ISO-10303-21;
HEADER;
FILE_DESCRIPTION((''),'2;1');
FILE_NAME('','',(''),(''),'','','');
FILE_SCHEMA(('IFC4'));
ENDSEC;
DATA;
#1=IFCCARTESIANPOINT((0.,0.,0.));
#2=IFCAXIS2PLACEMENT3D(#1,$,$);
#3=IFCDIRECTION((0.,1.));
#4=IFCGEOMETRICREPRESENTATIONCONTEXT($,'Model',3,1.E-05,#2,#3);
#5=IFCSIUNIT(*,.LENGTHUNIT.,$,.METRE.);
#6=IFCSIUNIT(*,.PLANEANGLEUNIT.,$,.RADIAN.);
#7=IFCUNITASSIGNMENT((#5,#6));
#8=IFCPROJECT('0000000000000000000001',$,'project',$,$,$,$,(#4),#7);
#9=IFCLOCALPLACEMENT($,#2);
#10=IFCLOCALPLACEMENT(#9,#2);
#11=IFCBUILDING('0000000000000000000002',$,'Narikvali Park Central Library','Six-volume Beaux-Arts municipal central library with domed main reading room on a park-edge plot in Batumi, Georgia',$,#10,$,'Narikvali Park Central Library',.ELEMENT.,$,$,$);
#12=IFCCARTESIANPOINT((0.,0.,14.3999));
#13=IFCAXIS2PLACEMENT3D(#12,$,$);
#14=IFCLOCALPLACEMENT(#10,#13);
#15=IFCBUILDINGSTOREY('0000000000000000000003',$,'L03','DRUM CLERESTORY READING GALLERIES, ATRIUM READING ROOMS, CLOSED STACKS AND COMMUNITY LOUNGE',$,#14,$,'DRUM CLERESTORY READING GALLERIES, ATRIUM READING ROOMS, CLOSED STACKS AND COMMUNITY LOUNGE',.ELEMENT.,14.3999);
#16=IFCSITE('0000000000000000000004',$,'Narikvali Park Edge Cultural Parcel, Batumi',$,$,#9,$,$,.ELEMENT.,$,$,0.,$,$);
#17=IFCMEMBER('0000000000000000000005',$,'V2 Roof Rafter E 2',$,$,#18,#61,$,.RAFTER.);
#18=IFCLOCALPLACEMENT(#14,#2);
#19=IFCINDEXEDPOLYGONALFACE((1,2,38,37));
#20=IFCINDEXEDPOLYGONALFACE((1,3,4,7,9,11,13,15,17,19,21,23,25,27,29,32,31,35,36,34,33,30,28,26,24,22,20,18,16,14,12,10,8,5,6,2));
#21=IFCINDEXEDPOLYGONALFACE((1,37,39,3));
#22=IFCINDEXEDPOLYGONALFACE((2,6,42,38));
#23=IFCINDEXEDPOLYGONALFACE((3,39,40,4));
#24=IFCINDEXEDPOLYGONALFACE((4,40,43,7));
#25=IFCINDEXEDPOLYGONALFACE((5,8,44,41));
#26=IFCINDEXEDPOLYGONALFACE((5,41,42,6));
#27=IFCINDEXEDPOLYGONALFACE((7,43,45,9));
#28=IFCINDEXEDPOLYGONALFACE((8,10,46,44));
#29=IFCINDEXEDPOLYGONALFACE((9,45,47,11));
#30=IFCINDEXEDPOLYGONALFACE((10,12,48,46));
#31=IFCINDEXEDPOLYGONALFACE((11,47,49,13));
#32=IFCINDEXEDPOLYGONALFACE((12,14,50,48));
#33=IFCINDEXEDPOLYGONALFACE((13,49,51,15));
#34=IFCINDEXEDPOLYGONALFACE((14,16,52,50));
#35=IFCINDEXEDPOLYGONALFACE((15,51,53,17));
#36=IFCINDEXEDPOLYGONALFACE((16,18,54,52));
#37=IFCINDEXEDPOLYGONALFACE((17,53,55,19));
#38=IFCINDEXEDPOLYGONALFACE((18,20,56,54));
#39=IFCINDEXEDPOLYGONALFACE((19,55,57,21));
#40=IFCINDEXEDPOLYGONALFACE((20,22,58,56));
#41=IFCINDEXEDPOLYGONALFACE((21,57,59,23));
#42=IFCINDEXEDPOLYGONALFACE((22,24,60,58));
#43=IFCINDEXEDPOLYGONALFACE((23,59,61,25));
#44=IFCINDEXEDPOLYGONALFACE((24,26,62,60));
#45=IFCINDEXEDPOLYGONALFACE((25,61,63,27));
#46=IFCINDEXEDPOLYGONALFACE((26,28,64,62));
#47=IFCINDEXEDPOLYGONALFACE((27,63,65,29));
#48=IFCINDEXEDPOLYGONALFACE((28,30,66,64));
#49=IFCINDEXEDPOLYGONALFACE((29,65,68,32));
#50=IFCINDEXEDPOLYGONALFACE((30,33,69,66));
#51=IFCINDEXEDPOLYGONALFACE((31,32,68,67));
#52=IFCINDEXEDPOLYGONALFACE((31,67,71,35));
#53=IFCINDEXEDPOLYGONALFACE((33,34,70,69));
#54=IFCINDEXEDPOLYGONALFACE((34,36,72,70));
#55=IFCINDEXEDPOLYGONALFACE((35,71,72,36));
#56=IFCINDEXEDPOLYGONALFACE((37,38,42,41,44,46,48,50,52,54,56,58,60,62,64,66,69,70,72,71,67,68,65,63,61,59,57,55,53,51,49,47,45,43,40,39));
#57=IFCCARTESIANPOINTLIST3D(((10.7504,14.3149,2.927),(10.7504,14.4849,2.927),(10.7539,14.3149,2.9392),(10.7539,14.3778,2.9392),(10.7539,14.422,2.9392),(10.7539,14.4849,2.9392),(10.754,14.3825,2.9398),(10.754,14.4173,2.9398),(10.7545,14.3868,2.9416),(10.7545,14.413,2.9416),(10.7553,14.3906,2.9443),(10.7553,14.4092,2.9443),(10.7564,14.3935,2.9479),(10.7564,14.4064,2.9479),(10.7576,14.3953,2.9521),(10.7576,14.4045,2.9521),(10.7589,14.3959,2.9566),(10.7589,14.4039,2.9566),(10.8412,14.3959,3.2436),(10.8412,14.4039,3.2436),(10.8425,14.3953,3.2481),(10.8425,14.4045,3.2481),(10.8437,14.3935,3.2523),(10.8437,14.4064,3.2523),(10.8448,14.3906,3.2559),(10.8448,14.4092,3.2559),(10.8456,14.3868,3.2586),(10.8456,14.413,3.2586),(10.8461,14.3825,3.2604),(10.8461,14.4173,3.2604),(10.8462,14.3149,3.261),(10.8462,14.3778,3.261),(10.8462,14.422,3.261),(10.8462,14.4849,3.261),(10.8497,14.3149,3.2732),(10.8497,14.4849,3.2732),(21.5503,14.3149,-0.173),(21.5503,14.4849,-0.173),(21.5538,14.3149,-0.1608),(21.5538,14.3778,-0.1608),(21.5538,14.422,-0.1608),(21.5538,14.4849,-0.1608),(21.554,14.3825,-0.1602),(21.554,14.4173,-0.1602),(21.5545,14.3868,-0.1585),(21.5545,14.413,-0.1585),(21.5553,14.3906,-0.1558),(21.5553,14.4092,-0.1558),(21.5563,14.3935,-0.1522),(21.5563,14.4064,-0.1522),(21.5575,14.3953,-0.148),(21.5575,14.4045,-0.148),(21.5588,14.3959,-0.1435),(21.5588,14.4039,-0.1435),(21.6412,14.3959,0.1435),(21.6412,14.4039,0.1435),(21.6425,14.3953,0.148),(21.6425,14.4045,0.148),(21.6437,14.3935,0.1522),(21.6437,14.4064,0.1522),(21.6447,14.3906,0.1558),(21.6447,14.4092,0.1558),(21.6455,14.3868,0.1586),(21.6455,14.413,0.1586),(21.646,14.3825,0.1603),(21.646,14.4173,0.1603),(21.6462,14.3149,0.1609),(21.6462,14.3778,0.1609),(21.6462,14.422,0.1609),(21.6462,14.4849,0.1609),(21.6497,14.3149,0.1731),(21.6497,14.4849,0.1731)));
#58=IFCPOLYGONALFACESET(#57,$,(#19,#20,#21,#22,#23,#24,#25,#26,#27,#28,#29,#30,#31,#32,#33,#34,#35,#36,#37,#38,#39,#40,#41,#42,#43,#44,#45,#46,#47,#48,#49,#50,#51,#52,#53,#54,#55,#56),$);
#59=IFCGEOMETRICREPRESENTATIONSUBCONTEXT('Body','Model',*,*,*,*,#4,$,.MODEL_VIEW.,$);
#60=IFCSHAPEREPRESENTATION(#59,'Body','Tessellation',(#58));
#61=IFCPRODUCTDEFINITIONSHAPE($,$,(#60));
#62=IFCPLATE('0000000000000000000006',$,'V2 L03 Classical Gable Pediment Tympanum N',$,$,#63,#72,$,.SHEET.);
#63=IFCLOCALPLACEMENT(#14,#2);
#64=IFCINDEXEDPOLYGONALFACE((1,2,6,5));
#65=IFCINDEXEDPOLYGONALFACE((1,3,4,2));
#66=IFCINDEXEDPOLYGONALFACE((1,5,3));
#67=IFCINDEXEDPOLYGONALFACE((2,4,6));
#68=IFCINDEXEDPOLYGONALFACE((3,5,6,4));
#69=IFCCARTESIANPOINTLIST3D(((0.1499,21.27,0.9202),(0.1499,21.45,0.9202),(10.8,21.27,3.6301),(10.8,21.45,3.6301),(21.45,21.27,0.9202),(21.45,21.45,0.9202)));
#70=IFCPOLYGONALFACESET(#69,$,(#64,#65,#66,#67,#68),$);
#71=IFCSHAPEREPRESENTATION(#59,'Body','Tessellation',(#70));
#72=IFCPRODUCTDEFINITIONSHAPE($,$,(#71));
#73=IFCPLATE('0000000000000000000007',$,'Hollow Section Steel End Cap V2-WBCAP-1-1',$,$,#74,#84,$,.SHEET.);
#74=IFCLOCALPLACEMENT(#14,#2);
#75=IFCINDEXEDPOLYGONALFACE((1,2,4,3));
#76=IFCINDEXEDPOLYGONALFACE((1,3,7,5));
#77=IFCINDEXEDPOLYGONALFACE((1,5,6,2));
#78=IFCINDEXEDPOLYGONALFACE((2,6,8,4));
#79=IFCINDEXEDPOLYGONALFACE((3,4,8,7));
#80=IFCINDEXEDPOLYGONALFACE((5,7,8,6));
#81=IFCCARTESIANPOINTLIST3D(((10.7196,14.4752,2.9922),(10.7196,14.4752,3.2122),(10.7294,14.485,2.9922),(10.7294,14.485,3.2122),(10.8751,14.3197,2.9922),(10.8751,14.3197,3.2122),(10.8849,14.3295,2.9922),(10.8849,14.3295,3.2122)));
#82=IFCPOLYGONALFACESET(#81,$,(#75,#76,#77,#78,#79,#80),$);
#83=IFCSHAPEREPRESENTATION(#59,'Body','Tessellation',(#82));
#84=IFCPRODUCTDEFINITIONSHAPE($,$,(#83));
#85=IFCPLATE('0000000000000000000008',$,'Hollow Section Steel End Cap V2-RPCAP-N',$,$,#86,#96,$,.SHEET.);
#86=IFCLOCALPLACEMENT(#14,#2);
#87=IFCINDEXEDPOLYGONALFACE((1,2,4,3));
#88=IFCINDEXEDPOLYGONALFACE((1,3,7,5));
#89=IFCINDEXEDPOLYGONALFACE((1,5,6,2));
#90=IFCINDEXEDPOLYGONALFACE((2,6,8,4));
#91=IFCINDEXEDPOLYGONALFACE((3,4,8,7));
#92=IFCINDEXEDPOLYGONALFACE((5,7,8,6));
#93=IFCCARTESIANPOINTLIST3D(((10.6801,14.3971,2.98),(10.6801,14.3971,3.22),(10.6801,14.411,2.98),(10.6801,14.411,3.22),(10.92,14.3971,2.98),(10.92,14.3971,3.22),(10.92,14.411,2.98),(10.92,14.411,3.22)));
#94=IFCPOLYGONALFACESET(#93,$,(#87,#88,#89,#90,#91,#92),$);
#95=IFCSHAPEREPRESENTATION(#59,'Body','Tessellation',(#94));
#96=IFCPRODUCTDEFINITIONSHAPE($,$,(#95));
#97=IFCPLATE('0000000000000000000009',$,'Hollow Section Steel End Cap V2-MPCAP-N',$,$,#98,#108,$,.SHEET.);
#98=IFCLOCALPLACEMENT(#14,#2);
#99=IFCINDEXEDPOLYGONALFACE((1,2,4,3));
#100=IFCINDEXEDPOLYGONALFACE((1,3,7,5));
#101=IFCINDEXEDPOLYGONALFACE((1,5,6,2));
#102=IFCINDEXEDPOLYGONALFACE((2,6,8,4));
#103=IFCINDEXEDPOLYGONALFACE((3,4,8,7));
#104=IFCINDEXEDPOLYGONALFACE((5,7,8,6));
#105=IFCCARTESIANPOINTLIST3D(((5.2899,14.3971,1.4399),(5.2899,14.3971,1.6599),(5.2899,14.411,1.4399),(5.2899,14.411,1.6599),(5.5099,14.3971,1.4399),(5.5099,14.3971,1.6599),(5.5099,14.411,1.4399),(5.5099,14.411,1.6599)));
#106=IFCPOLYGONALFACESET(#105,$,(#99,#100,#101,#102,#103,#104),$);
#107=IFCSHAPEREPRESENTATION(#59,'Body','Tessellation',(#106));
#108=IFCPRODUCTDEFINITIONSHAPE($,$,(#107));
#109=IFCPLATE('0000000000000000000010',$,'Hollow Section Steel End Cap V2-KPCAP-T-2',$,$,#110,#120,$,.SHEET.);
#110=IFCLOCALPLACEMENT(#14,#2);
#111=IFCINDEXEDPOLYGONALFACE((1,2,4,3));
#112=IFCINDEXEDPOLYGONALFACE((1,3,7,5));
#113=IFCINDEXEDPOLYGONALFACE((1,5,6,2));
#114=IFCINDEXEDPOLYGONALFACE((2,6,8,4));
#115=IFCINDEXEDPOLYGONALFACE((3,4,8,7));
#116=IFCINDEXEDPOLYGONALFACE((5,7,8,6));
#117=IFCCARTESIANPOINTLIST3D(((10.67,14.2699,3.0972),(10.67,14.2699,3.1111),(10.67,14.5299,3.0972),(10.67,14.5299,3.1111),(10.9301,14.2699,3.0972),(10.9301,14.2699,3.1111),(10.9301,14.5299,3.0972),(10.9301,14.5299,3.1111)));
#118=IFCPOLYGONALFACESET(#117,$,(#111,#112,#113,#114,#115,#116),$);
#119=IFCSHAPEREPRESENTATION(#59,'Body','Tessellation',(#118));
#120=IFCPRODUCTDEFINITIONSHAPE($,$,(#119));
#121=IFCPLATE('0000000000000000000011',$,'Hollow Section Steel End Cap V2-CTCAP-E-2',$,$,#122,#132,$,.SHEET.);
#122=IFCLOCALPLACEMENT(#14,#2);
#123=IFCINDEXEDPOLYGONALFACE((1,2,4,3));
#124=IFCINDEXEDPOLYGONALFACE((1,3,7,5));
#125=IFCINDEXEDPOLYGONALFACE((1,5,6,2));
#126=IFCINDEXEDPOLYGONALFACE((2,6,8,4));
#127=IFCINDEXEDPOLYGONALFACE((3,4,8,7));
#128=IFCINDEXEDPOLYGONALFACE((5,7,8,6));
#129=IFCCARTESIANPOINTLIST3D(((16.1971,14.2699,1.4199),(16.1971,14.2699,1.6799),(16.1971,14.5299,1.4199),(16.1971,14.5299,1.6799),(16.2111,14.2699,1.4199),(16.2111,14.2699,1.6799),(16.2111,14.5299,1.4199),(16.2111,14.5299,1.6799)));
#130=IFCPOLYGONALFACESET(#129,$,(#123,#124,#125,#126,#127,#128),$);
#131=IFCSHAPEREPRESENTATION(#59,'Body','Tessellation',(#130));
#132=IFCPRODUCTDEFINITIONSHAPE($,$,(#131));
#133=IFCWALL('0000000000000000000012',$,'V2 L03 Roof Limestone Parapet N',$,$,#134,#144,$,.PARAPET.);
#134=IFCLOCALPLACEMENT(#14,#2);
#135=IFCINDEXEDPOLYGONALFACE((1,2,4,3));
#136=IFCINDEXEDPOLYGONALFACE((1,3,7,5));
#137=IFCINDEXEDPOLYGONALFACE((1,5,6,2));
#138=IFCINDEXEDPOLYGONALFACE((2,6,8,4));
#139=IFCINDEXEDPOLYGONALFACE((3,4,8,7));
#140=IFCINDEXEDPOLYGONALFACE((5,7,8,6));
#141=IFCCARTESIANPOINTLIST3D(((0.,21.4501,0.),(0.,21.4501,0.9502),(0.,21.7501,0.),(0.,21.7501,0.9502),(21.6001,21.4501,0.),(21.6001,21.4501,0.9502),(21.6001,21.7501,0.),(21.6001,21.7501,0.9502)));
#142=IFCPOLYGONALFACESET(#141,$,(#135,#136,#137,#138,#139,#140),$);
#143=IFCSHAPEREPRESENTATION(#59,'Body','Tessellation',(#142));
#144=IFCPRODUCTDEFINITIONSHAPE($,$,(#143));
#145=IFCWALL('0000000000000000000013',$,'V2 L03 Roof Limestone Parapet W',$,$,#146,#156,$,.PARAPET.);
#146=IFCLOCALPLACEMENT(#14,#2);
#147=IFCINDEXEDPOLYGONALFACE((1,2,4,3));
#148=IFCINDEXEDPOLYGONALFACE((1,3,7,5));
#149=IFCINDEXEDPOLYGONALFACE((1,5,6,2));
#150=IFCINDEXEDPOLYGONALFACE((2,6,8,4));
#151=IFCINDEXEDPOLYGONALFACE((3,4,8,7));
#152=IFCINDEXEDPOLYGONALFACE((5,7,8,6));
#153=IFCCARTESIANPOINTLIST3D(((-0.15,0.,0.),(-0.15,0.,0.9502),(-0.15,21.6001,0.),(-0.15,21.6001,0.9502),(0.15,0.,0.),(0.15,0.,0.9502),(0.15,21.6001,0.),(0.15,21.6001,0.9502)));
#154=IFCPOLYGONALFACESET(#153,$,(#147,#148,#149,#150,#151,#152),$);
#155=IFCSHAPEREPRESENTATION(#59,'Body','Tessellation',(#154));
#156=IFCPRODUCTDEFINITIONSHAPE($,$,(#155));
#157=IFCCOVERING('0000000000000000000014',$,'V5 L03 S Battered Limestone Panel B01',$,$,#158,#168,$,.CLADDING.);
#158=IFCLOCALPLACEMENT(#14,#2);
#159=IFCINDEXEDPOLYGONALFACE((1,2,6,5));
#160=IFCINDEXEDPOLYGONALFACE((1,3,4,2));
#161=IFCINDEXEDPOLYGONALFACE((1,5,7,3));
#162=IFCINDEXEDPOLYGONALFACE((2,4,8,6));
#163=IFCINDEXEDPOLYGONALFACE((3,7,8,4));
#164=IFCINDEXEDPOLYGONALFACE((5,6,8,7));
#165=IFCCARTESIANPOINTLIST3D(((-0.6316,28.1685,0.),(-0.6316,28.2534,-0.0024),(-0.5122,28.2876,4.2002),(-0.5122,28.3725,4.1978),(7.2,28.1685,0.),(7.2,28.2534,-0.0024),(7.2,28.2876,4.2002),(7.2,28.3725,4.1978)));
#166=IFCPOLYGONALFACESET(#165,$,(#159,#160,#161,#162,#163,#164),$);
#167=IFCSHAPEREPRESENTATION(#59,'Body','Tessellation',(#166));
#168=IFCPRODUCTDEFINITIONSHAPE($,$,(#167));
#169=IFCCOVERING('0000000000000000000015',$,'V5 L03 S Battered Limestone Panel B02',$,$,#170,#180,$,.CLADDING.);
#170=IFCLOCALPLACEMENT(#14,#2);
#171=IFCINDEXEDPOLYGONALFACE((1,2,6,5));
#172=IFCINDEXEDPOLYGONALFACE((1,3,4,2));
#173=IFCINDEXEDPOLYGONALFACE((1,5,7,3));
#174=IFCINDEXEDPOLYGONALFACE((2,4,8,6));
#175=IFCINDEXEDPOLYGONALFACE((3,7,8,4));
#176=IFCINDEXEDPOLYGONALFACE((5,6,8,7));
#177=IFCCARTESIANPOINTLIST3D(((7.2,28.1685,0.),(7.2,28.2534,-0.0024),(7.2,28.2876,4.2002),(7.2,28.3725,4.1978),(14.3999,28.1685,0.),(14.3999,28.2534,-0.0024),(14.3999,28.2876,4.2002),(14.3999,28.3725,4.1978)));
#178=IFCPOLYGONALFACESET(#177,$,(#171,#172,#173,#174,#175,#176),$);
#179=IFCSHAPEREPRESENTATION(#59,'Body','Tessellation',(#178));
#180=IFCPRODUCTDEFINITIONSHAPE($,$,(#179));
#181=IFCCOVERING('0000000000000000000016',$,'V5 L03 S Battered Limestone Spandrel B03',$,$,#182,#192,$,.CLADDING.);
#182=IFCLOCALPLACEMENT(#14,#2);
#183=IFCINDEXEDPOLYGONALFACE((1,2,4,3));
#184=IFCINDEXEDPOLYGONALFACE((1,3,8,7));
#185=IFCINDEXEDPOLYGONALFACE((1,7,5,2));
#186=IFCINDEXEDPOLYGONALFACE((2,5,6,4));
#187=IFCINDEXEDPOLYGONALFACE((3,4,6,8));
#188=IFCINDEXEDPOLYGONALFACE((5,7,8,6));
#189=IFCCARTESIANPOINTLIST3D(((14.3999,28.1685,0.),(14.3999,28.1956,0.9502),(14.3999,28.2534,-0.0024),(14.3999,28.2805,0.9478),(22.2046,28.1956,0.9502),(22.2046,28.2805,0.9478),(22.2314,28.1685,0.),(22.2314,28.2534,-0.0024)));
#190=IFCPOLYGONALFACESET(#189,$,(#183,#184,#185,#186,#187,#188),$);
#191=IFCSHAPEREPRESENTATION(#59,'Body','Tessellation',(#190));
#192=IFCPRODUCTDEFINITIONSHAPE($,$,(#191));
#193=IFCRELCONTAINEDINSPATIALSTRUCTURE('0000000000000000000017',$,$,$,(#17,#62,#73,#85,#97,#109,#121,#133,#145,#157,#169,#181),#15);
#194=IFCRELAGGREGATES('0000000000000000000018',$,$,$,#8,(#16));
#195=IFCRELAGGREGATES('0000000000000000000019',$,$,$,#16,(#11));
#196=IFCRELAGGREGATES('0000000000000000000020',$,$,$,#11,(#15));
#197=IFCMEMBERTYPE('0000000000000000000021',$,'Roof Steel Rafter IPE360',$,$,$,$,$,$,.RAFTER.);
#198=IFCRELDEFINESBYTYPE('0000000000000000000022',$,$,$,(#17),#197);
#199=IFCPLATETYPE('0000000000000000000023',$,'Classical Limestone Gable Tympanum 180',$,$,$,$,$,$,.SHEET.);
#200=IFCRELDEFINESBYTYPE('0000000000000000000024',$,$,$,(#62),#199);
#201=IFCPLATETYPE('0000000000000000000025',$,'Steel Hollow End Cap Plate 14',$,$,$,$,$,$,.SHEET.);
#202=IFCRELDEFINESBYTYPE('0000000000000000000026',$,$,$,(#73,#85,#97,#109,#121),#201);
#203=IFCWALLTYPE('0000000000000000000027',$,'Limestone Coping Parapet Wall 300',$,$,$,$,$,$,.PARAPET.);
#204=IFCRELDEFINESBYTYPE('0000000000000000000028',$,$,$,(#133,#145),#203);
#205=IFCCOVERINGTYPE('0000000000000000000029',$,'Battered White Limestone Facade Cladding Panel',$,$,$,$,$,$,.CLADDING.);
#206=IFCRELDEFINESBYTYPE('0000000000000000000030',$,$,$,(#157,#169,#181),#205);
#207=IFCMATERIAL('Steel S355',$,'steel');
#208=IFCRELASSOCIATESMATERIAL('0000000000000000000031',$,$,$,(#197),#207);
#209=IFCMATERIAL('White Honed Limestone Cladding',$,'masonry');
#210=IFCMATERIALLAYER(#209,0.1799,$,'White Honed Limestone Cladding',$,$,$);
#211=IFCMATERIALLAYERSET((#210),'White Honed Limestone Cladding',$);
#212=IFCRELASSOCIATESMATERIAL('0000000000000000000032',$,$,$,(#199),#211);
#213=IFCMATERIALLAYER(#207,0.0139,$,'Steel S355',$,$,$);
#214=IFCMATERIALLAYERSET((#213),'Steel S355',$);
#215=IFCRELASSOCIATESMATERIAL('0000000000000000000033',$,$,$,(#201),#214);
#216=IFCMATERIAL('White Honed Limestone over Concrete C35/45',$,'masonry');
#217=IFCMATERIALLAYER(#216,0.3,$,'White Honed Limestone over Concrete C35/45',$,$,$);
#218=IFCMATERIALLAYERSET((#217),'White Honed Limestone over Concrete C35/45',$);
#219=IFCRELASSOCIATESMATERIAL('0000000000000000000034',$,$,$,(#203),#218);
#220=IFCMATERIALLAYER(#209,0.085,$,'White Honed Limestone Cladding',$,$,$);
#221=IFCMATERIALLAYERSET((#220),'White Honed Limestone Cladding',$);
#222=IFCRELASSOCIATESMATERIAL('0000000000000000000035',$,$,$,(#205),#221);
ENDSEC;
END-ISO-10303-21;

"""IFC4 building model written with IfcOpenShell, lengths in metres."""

from ifc_helpers import new_model, si_unit, direction, frame, frame_2d, origin, origin_2d, place, context, subcontext, project, spatial, polyline, rectangle, i_section, outline, extrude, material, layer, layer_set, material_profile, profile_set, type_object, element, save


model = new_model("IFC4")

# Units and contexts
model_context = context("Model", 3, precision=1e-05, world=origin(), true_north=direction((0.0, 1.0)))
body_context = subcontext(model_context, "Body", "Model", "MODEL_VIEW")
ifc_project = project(units=[si_unit("LENGTHUNIT", "METRE"), si_unit("PLANEANGLEUNIT", "RADIAN")], contexts=[model_context])

# Site, building, storey
site_placement = place(None, origin())
site = spatial("IfcSite", under=ifc_project, at=site_placement, Name="Narikvali Park Edge Cultural Parcel, Batumi", CompositionType="ELEMENT", RefElevation=0.0)
building_placement = place(site_placement, origin())
building = spatial("IfcBuilding", under=site, at=building_placement, Name="Narikvali Park Central Library", Description="Six-volume Beaux-Arts municipal central library with domed main reading room on a park-edge plot in Batumi, Georgia", LongName="Narikvali Park Central Library", CompositionType="ELEMENT")
storey_placement = place(building_placement, frame((0.0, 0.0, 14.3999)))
storey = spatial("IfcBuildingStorey", under=building, at=storey_placement, Name="L03", Description="DRUM CLERESTORY READING GALLERIES, ATRIUM READING ROOMS, CLOSED STACKS AND COMMUNITY LOUNGE", LongName="DRUM CLERESTORY READING GALLERIES, ATRIUM READING ROOMS, CLOSED STACKS AND COMMUNITY LOUNGE", CompositionType="ELEMENT", Elevation=14.3999)

# Shared definitions
ifc_material_1 = material(Name="Steel S355", Category="steel")

# Member
ifc_material_profile_1 = material_profile(ifc_material_1, i_section(OverallWidth=0.1699, OverallDepth=0.3601, WebThickness=0.0081, FlangeThickness=0.0127, FilletRadius=0.0181, at=origin_2d()), Name="IPE 360")
ifc_profile_set_1 = profile_set([ifc_material_profile_1], Name="Steel S355")
member_type = type_object("IfcMemberType", Name="Roof Steel Rafter IPE360", PredefinedType="RAFTER", material=ifc_profile_set_1)
member_placement = place(storey_placement, frame((10.8, 14.3999, 3.1001), z_axis=(0.961185, 0.0, -0.275903), x_axis=(0.0, 1.0, 0.0)))
element("IfcMember", 1, at=member_placement, inside=storey, type_object=member_type, Name="V2 Roof Rafter E 2", PredefinedType="RAFTER", context=body_context, shape_type="SweptSolid", body=[
    extrude(i_section(OverallWidth=0.1699, OverallDepth=0.3601, WebThickness=0.0081, FlangeThickness=0.0127, FilletRadius=0.0181, at=origin_2d()), origin(), (0.0, 0.0, 1.0), 11.2361),
])

# Plates
ifc_material_2 = material(Name="White Honed Limestone Cladding", Category="masonry")
ifc_layer_1 = layer(ifc_material_2, 0.1799, Name="White Honed Limestone Cladding")
ifc_layer_set_1 = layer_set([ifc_layer_1], Name="White Honed Limestone Cladding")
plate_type_1 = type_object("IfcPlateType", Name="Classical Limestone Gable Tympanum 180", PredefinedType="SHEET", material=ifc_layer_set_1)
plate_1_placement = place(storey_placement, frame((21.45, 21.45, 0.9202), z_axis=(0.0, 1.0, 0.0), x_axis=(-1.0, 0.0, 0.0)))
element("IfcPlate", 2, at=plate_1_placement, inside=storey, type_object=plate_type_1, Name="V2 L03 Classical Gable Pediment Tympanum N", PredefinedType="SHEET", context=body_context, shape_type="SweptSolid", body=[
    extrude(outline(polyline([(0.0, 0.0), (21.3, 0.0), (10.6499, 2.71), (0.0, 0.0)])), origin(), (0.0, 0.0, -1.0), 0.1799),
])
ifc_layer_2 = layer(ifc_material_1, 0.0139, Name="Steel S355")
ifc_layer_set_2 = layer_set([ifc_layer_2], Name="Steel S355")
plate_type_2 = type_object("IfcPlateType", Name="Steel Hollow End Cap Plate 14", PredefinedType="SHEET", material=ifc_layer_set_2)
plate_2_placement = place(storey_placement, frame((10.8022, 14.4023, 2.9922), z_axis=(0.0, 0.0, 1.0), x_axis=(0.707107, -0.707107, 0.0)))
element("IfcPlate", 3, at=plate_2_placement, inside=storey, type_object=plate_type_2, Name="Hollow Section Steel End Cap V2-WBCAP-1-1", PredefinedType="SHEET", context=body_context, shape_type="SweptSolid", body=[
    extrude(rectangle(XDim=0.22, YDim=0.0139, at=origin_2d()), origin(), (0.0, 0.0, 1.0), 0.22),
])
plate_3_placement = place(storey_placement, frame((10.8, 14.4041, 2.98), z_axis=(0.0, 0.0, 1.0), x_axis=(1.0, 0.0, 0.0)))
element("IfcPlate", 4, at=plate_3_placement, inside=storey, type_object=plate_type_2, Name="Hollow Section Steel End Cap V2-RPCAP-N", PredefinedType="SHEET", context=body_context, shape_type="SweptSolid", body=[
    extrude(rectangle(XDim=0.24, YDim=0.0139, at=origin_2d()), origin(), (0.0, 0.0, 1.0), 0.24),
])
plate_4_placement = place(storey_placement, frame((5.3999, 14.4041, 1.4399), z_axis=(0.0, 0.0, 1.0), x_axis=(1.0, 0.0, 0.0)))
element("IfcPlate", 5, at=plate_4_placement, inside=storey, type_object=plate_type_2, Name="Hollow Section Steel End Cap V2-MPCAP-N", PredefinedType="SHEET", context=body_context, shape_type="SweptSolid", body=[
    extrude(rectangle(XDim=0.22, YDim=0.0139, at=origin_2d()), origin(), (0.0, 0.0, 1.0), 0.22),
])
plate_5_placement = place(storey_placement, frame((10.8, 14.3999, 3.0972), z_axis=(0.0, 0.0, 1.0), x_axis=(1.0, 0.0, 0.0)))
element("IfcPlate", 6, at=plate_5_placement, inside=storey, type_object=plate_type_2, Name="Hollow Section Steel End Cap V2-KPCAP-T-2", PredefinedType="SHEET", context=body_context, shape_type="SweptSolid", body=[
    extrude(rectangle(XDim=0.26, YDim=0.26, at=origin_2d()), origin(), (0.0, 0.0, 1.0), 0.0139),
])
plate_6_placement = place(storey_placement, frame((16.2041, 14.3999, 1.4199), z_axis=(0.0, 0.0, 1.0), x_axis=(1.0, 0.0, 0.0)))
element("IfcPlate", 7, at=plate_6_placement, inside=storey, type_object=plate_type_2, Name="Hollow Section Steel End Cap V2-CTCAP-E-2", PredefinedType="SHEET", context=body_context, shape_type="SweptSolid", body=[
    extrude(rectangle(XDim=0.0139, YDim=0.26, at=origin_2d()), origin(), (0.0, 0.0, 1.0), 0.26),
])

# Walls
ifc_material_3 = material(Name="White Honed Limestone over Concrete C35/45", Category="masonry")
ifc_layer_3 = layer(ifc_material_3, 0.3, Name="White Honed Limestone over Concrete C35/45")
ifc_layer_set_3 = layer_set([ifc_layer_3], Name="White Honed Limestone over Concrete C35/45")
wall_type = type_object("IfcWallType", Name="Limestone Coping Parapet Wall 300", PredefinedType="PARAPET", material=ifc_layer_set_3)
for number, where, z_axis, x_axis, name in (
    (8, (21.6001, 21.6001, 0.0), (0.0, 0.0, 1.0), (-1.0, 0.0, 0.0), "V2 L03 Roof Limestone Parapet N"),
    (9, (0.0, 21.6001, 0.0), (0.0, 0.0, 1.0), (0.0, -1.0, 0.0), "V2 L03 Roof Limestone Parapet W"),
):
    element("IfcWall", number, at=place(storey_placement, frame(where, z_axis=z_axis, x_axis=x_axis)), inside=storey, type_object=wall_type, Name=name, PredefinedType="PARAPET", context=body_context, shape_type="SweptSolid", body=[
        extrude(rectangle(XDim=21.6001, YDim=0.3, at=frame_2d((10.8, 0.0))), origin(), (0.0, 0.0, 1.0), 0.9502),
    ])

# Coverings
ifc_layer_4 = layer(ifc_material_2, 0.085, Name="White Honed Limestone Cladding")
ifc_layer_set_4 = layer_set([ifc_layer_4], Name="White Honed Limestone Cladding")
covering_type = type_object("IfcCoveringType", Name="Battered White Limestone Facade Cladding Panel", PredefinedType="CLADDING", material=ifc_layer_set_4)
covering_1_placement = place(storey_placement, frame((-0.6316, 28.1685, 0.0), z_axis=(0.0, -0.999598, 0.028354), x_axis=(1.0, 0.0, 0.0)))
element("IfcCovering", 10, at=covering_1_placement, inside=storey, type_object=covering_type, Name="V5 L03 S Battered Limestone Panel B01", PredefinedType="CLADDING", context=body_context, shape_type="SweptSolid", body=[
    extrude(outline(polyline([(0.0, 0.0), (7.8315, 0.0), (7.8315, 4.2019), (0.1194, 4.2019), (0.0, 0.0)])), origin(), (0.0, 0.0, -1.0), 0.085),
])
covering_2_placement = place(storey_placement, frame((7.2, 28.1685, 0.0), z_axis=(0.0, -0.999598, 0.028354), x_axis=(1.0, 0.0, 0.0)))
element("IfcCovering", 11, at=covering_2_placement, inside=storey, type_object=covering_type, Name="V5 L03 S Battered Limestone Panel B02", PredefinedType="CLADDING", context=body_context, shape_type="SweptSolid", body=[
    extrude(outline(polyline([(0.0, 0.0), (7.2, 0.0), (7.2, 4.2019), (0.0, 4.2019), (0.0, 0.0)])), origin(), (0.0, 0.0, -1.0), 0.085),
])
covering_3_placement = place(storey_placement, frame((14.3999, 28.1685, 0.0), z_axis=(0.0, -0.999594, 0.028508), x_axis=(1.0, 0.0, 0.0)))
element("IfcCovering", 12, at=covering_3_placement, inside=storey, type_object=covering_type, Name="V5 L03 S Battered Limestone Spandrel B03", PredefinedType="CLADDING", context=body_context, shape_type="SweptSolid", body=[
    extrude(outline(polyline([(0.0, 0.0), (7.8315, 0.0), (7.8047, 0.9506), (0.0, 0.9506), (0.0, 0.0)])), origin(), (0.0, 0.0, -1.0), 0.085),
])

save(model, "model.ifc")
